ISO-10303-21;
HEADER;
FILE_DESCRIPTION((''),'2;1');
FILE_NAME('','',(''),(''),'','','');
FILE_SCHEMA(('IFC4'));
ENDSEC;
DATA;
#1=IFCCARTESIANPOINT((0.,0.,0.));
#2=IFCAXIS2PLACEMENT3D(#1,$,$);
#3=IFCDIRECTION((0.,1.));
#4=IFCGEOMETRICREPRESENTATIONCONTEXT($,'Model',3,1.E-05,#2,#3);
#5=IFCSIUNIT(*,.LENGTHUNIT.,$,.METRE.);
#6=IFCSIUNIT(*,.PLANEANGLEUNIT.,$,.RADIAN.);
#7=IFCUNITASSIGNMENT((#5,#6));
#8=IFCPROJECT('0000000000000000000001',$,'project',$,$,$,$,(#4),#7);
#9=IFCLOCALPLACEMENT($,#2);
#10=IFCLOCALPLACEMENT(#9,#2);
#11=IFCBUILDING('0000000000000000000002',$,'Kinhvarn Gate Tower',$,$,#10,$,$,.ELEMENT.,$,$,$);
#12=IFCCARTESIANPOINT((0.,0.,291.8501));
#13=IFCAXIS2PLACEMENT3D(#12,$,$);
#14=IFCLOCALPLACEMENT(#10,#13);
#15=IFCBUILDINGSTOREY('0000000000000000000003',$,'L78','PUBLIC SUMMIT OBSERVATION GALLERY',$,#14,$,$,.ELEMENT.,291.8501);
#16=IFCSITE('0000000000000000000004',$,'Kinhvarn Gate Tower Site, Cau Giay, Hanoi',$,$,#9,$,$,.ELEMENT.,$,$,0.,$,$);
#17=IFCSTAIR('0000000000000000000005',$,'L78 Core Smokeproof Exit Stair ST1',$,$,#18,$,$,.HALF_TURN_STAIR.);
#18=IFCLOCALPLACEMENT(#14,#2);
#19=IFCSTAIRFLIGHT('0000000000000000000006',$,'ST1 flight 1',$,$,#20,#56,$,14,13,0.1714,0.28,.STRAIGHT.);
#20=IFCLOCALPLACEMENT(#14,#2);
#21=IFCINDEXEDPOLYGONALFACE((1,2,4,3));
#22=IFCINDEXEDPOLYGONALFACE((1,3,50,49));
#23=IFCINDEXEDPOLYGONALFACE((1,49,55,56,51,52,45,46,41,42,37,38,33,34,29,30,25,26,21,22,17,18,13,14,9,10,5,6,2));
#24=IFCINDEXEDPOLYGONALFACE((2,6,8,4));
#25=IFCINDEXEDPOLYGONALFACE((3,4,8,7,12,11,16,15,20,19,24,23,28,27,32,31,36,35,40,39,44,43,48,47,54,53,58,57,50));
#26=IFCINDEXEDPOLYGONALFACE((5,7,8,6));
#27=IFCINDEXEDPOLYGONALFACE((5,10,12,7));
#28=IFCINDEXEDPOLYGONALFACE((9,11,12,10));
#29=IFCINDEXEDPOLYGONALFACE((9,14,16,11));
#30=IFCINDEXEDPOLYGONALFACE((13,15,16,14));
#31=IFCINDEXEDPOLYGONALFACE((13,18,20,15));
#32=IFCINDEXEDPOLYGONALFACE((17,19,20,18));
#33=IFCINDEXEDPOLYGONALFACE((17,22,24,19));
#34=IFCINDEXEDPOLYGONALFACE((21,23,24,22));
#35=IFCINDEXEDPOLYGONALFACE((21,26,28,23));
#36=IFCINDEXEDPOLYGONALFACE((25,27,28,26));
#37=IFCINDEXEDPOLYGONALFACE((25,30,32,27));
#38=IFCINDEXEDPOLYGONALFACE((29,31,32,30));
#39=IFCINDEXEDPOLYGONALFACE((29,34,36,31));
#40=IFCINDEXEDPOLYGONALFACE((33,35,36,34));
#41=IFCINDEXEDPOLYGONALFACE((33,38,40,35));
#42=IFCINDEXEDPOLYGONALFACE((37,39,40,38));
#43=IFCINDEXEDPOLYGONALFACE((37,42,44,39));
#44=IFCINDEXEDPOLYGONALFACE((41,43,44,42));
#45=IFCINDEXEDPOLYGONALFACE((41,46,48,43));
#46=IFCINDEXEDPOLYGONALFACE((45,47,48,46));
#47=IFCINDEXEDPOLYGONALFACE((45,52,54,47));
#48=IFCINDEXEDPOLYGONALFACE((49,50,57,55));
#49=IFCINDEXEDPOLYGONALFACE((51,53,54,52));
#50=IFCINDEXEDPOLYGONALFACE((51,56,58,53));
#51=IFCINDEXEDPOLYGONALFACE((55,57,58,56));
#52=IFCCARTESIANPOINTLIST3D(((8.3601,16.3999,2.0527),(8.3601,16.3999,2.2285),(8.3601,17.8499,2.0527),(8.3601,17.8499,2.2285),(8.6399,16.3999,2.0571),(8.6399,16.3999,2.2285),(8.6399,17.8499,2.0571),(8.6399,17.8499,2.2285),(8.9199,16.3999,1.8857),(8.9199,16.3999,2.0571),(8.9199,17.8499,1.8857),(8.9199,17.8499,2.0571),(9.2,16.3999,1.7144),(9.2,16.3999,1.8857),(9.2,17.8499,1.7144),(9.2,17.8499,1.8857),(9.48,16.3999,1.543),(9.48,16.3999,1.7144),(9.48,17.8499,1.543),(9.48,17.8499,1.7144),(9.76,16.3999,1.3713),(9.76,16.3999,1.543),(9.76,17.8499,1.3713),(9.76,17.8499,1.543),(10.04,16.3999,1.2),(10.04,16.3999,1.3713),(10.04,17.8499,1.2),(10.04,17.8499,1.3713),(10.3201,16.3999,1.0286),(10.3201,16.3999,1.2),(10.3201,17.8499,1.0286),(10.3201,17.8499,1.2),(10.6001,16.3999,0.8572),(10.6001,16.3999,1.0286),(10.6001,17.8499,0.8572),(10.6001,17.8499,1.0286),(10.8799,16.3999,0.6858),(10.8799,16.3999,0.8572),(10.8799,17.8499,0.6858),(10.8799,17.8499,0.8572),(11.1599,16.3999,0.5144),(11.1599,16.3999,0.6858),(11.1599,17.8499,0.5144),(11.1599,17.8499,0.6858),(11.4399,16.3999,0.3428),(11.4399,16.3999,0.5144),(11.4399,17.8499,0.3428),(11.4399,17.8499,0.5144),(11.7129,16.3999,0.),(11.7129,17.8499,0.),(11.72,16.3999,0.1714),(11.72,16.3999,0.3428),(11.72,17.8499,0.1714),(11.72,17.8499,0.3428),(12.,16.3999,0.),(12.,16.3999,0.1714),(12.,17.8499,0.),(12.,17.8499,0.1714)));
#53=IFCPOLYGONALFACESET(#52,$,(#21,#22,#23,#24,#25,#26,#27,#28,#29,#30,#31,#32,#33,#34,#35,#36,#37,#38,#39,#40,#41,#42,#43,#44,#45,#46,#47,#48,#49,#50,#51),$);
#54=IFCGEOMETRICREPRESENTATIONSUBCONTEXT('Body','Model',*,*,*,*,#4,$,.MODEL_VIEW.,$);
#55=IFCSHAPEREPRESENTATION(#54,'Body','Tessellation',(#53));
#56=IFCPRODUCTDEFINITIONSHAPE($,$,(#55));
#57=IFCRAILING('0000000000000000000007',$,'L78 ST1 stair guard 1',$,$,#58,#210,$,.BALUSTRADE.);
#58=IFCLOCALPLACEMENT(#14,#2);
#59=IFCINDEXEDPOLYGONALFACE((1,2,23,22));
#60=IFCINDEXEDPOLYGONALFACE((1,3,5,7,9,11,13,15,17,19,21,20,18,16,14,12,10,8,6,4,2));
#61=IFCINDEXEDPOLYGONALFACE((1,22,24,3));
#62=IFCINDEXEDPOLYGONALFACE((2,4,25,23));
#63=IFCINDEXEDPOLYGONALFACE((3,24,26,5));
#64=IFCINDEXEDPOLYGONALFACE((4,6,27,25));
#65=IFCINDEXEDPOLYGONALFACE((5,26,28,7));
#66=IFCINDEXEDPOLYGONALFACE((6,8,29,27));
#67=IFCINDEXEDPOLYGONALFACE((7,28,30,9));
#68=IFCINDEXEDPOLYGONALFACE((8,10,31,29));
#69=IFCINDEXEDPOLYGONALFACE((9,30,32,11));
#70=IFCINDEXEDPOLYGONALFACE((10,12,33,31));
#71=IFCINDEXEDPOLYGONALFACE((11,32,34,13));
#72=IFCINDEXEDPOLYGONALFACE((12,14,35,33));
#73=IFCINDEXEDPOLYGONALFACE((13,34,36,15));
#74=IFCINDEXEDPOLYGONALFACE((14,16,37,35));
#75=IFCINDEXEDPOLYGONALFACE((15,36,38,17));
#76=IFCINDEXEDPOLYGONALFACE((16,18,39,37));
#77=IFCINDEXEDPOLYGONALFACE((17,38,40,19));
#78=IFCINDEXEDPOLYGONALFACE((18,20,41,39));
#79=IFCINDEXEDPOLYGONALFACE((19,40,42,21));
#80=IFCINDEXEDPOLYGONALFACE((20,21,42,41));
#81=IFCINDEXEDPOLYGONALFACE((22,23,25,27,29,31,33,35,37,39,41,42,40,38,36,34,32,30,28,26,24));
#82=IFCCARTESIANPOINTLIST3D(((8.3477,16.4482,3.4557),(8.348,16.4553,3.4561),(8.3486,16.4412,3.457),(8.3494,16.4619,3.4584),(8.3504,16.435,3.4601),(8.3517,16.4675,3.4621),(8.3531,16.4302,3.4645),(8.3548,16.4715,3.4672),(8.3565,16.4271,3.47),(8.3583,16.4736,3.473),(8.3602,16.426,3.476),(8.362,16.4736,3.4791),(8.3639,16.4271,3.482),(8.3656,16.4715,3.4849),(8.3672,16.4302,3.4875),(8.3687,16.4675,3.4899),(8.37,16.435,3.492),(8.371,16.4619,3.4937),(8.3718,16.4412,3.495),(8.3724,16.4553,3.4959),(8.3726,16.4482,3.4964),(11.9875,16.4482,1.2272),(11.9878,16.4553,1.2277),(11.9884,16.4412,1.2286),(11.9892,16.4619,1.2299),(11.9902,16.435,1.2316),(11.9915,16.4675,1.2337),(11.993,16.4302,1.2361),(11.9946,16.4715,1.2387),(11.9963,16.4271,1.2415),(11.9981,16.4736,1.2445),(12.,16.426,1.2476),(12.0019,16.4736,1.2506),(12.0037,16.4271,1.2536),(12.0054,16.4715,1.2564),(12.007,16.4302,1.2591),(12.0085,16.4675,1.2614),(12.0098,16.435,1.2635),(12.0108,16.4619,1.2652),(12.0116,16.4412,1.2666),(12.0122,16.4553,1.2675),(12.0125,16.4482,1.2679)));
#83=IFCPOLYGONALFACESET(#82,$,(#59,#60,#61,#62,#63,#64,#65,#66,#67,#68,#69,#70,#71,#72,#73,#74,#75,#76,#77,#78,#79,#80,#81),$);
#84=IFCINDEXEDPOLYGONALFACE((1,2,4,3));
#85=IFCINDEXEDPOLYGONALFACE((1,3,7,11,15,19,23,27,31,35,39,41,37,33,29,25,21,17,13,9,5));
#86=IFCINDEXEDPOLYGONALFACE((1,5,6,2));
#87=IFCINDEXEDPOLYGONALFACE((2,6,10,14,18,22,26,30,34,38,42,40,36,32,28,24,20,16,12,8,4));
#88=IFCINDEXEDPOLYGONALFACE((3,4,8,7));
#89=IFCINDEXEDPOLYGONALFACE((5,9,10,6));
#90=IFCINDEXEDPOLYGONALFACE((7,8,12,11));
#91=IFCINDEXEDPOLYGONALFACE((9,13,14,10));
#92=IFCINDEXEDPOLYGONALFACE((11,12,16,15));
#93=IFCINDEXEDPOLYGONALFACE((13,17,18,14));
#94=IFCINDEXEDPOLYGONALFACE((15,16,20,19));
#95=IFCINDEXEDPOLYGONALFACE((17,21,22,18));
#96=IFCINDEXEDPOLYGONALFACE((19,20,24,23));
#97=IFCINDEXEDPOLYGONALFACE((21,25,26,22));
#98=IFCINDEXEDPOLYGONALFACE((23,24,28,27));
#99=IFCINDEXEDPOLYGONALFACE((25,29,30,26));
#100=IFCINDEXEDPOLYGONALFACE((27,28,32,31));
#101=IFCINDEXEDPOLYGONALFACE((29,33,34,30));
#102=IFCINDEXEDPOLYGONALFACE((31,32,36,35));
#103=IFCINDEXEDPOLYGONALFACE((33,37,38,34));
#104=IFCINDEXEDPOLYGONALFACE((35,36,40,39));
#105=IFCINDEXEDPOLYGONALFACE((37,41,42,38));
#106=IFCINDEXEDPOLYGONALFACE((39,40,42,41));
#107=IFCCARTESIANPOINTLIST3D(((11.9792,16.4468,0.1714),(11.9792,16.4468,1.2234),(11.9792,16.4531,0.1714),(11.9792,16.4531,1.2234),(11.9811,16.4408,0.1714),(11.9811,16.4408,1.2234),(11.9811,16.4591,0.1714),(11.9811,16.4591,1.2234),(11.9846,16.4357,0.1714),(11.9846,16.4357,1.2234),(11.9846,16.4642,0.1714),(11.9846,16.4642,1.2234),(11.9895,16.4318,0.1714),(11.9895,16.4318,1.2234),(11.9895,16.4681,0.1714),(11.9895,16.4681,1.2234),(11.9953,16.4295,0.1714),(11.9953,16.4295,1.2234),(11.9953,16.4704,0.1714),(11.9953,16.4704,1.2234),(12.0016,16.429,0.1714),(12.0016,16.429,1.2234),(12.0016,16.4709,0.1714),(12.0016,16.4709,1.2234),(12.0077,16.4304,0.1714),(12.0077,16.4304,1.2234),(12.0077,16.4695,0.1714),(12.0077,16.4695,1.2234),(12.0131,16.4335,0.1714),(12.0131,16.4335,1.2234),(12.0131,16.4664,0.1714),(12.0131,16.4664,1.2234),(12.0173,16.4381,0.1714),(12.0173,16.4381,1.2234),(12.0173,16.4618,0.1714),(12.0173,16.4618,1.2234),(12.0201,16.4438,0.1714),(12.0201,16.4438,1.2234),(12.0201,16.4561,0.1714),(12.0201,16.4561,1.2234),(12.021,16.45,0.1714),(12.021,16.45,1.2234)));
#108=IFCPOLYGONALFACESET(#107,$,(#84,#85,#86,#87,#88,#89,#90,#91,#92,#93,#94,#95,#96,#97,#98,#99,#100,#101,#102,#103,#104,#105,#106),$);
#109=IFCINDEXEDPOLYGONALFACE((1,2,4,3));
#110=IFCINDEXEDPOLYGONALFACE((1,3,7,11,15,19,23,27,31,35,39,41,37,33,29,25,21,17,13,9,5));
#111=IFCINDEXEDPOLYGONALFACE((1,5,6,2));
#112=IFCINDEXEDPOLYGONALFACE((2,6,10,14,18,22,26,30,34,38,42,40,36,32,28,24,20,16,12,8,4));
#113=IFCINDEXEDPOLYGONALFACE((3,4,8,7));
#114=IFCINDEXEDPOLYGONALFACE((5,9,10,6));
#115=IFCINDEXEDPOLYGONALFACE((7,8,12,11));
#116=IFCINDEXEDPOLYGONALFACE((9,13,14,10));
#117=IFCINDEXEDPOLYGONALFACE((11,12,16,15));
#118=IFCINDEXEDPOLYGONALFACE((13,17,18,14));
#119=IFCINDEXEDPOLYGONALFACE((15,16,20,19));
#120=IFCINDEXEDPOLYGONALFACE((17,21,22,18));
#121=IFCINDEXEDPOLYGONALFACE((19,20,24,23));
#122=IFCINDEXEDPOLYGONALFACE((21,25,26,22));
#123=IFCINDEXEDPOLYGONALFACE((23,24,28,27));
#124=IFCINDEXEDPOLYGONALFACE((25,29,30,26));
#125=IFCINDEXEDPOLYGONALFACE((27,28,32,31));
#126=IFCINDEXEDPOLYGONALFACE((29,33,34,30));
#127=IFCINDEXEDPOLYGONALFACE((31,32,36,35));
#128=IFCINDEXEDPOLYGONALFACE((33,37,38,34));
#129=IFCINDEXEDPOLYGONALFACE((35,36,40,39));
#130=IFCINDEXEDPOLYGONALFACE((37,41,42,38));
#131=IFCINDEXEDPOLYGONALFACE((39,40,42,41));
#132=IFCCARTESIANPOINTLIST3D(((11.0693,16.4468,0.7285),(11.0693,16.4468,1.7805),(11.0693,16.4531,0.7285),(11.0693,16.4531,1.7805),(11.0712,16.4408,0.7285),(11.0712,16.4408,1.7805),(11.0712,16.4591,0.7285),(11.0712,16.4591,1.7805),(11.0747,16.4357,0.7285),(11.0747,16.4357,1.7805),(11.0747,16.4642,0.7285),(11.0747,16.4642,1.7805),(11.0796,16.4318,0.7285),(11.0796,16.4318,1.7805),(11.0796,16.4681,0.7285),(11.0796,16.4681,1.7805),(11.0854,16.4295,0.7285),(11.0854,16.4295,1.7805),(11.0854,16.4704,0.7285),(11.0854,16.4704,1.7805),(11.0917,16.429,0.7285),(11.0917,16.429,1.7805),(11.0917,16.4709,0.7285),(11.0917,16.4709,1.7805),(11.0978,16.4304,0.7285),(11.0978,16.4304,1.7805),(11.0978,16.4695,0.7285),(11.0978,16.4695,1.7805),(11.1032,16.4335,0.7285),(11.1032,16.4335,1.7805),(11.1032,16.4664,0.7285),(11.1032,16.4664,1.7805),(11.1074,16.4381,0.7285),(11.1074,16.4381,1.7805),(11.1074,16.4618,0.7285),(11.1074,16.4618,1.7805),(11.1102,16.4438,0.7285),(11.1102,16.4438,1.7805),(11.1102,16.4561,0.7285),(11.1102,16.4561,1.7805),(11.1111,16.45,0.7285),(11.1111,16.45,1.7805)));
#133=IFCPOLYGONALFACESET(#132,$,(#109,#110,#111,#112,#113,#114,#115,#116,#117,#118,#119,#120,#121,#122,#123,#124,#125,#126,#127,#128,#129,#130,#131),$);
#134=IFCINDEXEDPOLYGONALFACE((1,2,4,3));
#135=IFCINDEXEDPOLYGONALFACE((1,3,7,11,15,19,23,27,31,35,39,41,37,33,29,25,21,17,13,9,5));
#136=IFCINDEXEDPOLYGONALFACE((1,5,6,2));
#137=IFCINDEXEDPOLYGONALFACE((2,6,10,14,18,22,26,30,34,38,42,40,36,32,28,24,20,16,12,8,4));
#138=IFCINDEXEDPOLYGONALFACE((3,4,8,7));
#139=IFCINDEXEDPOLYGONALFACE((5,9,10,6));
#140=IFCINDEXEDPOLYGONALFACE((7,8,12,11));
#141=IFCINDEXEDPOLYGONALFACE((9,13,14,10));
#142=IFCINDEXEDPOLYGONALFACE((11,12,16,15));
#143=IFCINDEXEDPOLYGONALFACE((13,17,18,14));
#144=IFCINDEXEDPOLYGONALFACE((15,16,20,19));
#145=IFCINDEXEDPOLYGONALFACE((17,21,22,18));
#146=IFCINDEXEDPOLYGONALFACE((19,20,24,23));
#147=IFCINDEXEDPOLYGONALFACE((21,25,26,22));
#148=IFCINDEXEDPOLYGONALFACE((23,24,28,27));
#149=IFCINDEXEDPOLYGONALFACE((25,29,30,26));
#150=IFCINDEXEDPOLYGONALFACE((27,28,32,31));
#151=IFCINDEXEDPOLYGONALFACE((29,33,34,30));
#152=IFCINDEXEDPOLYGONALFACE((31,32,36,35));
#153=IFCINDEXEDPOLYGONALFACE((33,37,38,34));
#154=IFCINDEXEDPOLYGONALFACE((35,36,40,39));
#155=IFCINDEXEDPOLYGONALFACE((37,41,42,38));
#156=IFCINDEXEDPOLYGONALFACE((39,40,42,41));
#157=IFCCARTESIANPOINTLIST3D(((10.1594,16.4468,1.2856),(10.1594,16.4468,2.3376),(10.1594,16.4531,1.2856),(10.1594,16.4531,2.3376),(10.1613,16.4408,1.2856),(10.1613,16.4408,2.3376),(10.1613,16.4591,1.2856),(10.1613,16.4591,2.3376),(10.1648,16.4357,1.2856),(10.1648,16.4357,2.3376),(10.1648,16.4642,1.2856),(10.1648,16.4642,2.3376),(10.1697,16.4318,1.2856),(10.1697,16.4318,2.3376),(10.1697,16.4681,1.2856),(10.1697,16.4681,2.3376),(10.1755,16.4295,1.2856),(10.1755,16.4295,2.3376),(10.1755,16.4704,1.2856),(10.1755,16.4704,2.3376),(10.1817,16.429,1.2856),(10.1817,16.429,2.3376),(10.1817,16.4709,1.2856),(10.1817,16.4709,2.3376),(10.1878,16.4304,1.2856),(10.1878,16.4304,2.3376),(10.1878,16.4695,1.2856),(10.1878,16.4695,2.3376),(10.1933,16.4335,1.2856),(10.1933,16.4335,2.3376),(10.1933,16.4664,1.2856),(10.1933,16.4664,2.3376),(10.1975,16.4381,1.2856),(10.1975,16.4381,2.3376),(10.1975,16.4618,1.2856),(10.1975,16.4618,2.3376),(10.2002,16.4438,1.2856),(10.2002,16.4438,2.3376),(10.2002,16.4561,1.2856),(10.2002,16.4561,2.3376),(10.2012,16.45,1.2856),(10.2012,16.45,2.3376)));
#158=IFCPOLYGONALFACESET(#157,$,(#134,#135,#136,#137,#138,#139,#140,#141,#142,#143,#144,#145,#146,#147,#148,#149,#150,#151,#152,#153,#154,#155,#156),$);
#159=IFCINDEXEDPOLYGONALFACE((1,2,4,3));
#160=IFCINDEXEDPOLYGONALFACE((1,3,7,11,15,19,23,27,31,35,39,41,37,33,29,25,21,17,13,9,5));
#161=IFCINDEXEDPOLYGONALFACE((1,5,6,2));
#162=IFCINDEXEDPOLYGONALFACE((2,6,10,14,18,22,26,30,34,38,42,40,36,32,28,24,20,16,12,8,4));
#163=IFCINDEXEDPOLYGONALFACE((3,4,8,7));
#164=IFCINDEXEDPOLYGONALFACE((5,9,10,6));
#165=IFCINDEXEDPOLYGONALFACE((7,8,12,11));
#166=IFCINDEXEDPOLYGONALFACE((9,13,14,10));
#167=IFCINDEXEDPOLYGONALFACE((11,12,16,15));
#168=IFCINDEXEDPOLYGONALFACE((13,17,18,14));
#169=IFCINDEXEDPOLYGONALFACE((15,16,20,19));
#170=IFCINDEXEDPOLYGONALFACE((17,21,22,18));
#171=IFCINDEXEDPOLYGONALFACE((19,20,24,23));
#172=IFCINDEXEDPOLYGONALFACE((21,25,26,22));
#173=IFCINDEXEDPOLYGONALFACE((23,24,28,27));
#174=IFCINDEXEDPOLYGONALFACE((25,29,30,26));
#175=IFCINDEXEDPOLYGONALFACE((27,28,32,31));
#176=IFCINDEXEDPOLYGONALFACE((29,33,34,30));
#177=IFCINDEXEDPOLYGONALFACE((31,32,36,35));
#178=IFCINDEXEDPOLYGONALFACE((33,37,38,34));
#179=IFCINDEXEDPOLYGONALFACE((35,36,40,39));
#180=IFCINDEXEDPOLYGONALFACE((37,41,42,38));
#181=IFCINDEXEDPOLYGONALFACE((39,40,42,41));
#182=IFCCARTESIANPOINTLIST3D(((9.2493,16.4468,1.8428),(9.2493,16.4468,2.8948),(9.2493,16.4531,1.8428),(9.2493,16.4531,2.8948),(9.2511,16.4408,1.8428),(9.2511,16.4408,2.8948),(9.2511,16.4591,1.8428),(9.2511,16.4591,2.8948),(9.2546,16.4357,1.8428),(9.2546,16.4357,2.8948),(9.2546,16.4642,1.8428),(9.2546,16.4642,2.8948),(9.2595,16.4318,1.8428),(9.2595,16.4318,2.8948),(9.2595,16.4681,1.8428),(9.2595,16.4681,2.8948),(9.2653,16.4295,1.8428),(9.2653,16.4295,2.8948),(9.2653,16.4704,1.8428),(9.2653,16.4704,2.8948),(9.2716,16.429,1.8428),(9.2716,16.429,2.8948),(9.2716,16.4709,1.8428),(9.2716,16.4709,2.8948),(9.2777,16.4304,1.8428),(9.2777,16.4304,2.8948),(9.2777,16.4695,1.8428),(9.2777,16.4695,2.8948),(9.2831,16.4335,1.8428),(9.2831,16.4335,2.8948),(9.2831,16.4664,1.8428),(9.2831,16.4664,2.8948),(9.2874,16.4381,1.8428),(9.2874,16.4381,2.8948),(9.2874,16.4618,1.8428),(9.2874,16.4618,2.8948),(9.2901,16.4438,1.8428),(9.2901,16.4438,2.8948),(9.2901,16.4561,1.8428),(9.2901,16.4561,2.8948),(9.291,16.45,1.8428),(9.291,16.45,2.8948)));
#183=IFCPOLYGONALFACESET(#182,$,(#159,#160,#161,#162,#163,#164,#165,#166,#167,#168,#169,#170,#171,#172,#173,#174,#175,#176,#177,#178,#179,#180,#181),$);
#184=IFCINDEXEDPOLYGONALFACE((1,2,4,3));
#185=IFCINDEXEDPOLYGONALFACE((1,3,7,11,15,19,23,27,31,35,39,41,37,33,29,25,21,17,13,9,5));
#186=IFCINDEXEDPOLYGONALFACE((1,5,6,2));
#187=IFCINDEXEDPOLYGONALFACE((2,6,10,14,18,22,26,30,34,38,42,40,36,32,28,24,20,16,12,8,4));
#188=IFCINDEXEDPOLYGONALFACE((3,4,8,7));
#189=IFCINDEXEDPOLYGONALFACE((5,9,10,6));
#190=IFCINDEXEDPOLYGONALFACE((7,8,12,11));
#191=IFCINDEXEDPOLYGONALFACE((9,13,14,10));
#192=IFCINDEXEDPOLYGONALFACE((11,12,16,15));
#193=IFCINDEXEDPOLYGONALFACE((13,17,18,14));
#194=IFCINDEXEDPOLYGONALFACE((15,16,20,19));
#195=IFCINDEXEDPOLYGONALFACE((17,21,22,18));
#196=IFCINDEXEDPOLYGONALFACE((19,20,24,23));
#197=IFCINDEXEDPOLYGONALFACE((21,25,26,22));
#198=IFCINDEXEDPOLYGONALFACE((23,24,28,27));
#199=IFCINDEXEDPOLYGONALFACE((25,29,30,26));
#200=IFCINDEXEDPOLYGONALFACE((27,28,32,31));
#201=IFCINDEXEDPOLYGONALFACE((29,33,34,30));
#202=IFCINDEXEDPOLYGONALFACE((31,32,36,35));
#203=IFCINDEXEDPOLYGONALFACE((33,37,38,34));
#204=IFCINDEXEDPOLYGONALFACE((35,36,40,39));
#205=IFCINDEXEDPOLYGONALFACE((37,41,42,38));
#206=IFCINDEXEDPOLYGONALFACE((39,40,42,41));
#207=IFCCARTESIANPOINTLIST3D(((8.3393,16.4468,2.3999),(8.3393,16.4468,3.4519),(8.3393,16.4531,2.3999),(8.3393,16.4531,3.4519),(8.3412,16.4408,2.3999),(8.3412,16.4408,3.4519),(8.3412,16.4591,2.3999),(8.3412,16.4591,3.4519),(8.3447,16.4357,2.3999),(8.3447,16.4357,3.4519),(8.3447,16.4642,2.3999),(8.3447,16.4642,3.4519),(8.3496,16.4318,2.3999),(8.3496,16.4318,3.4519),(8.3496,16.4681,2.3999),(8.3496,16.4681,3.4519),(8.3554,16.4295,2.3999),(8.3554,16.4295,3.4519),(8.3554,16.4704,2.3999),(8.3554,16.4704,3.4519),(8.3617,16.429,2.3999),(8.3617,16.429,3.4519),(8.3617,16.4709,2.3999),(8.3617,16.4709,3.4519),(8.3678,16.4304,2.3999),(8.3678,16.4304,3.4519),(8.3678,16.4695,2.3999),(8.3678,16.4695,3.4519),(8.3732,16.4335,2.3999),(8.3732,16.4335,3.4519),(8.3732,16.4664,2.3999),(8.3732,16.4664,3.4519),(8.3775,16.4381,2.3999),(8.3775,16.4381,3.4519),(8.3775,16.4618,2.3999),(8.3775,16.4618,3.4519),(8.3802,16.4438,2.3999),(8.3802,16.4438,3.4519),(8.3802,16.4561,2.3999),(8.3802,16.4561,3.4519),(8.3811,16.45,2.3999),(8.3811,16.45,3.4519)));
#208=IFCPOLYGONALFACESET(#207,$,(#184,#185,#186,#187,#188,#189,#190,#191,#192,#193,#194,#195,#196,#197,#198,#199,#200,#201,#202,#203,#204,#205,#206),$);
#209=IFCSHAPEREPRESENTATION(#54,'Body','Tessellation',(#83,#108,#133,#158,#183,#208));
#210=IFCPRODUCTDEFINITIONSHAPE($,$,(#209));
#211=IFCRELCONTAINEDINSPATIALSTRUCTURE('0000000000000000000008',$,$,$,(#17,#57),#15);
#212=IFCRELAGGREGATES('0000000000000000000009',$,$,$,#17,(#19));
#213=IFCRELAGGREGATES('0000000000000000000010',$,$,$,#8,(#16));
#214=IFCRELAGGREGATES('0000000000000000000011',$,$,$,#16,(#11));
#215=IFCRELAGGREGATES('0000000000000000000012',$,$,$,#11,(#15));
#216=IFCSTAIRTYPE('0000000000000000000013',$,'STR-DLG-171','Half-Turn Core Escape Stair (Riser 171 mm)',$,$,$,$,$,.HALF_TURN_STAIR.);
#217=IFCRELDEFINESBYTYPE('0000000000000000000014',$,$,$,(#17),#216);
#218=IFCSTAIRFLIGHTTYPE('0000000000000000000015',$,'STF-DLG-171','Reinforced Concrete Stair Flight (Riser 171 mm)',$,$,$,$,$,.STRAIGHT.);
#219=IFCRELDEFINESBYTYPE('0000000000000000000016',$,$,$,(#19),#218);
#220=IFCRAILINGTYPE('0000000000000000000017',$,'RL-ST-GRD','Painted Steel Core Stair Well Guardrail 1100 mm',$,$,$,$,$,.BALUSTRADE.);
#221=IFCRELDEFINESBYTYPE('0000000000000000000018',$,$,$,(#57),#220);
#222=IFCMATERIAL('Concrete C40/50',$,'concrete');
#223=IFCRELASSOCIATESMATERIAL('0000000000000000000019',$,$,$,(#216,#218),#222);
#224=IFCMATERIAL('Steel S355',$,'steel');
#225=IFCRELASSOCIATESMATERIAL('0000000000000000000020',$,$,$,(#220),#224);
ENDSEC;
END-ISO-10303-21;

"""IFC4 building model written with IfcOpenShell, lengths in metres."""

from ifc_helpers import new_model, si_unit, direction, frame, origin, origin_2d, place, context, subcontext, project, spatial, polyline, circle, outline, extrude, material, type_object, element, aggregate, save


model = new_model("IFC4")

# Units and contexts
model_context = context("Model", 3, precision=1e-05, world=origin(), true_north=direction((0.0, 1.0)))
body_context = subcontext(model_context, "Body", "Model", "MODEL_VIEW")
ifc_project = project(units=[si_unit("LENGTHUNIT", "METRE"), si_unit("PLANEANGLEUNIT", "RADIAN")], contexts=[model_context])

# Site, building, storey
site_placement = place(None, origin())
site = spatial("IfcSite", under=ifc_project, at=site_placement, Name="Kinhvarn Gate Tower Site, Cau Giay, Hanoi", CompositionType="ELEMENT", RefElevation=0.0)
building_placement = place(site_placement, origin())
building = spatial("IfcBuilding", under=site, at=building_placement, Name="Kinhvarn Gate Tower", CompositionType="ELEMENT")
storey_placement = place(building_placement, frame((0.0, 0.0, 291.8501)))
storey = spatial("IfcBuildingStorey", under=building, at=storey_placement, Name="L78", Description="PUBLIC SUMMIT OBSERVATION GALLERY", CompositionType="ELEMENT", Elevation=291.8501)

# Shared definitions
ifc_material_1 = material(Name="Steel S355", Category="steel")

# Shared definitions
ifc_material_2 = material(Name="Concrete C40/50", Category="concrete")

# Stair, stair flight
stair_type = type_object("IfcStairType", Name="STR-DLG-171", Description="Half-Turn Core Escape Stair (Riser 171 mm)", PredefinedType="HALF_TURN_STAIR", material=ifc_material_2)
stair_placement = place(storey_placement, origin())
stair = element("IfcStair", 1, at=stair_placement, inside=storey, type_object=stair_type, Name="L78 Core Smokeproof Exit Stair ST1", PredefinedType="HALF_TURN_STAIR")
stair_flight_type = type_object("IfcStairFlightType", Name="STF-DLG-171", Description="Reinforced Concrete Stair Flight (Riser 171 mm)", PredefinedType="STRAIGHT", material=ifc_material_2)
stair_flight_placement = place(storey_placement, frame((12.0, 17.125, 0.0), z_axis=(0.0, 0.0, 1.0), x_axis=(-1.0, 0.0, 0.0)))
stair_flight = element("IfcStairFlight", 2, at=stair_flight_placement, type_object=stair_flight_type, Name="ST1 flight 1", NumberOfRisers=14, NumberOfTreads=13, PredefinedType="STRAIGHT", RiserHeight=0.1714, TreadLength=0.28, context=body_context, shape_type="SweptSolid", body=[
    extrude(outline(polyline([(0.0, 0.0), (0.0, 0.1714), (0.28, 0.1714), (0.28, 0.3428), (0.5601, 0.3428), (0.5601, 0.5144), (0.8401, 0.5144), (0.8401, 0.6858), (1.1201, 0.6858), (1.1201, 0.8572), (1.3999, 0.8572), (1.3999, 1.0286), (1.6799, 1.0286), (1.6799, 1.2), (1.96, 1.2), (1.96, 1.3713), (2.24, 1.3713), (2.24, 1.543), (2.52, 1.543), (2.52, 1.7144), (2.8, 1.7144), (2.8, 1.8857), (3.0801, 1.8857), (3.0801, 2.0571), (3.3601, 2.0571), (3.3601, 2.2285), (3.6399, 2.2285), (3.6399, 2.3999), (3.6399, 2.0527), (0.2871, 0.0), (0.0, 0.0)])), frame((0.0, 0.7251, 0.0), z_axis=(0.0, -1.0, 0.0), x_axis=(1.0, 0.0, 0.0)), (0.0, 0.0, 1.0), 1.45),
])
aggregate(stair, [stair_flight])

# Railing
railing_type_1 = type_object("IfcRailingType", Name="RL-ST-GRD", Description="Painted Steel Core Stair Well Guardrail 1100 mm", PredefinedType="BALUSTRADE", material=ifc_material_1)
railing_1_placement = place(storey_placement, frame((12.0, 16.45, 0.1714)))
element("IfcRailing", 3, at=railing_1_placement, inside=storey, type_object=railing_type_1, Name="L78 ST1 stair guard 1", PredefinedType="BALUSTRADE", context=body_context, shape_type="SweptSolid", body=[
    extrude(circle(Radius=0.0239, at=origin_2d()), frame((0.0, 0.0, 1.0762), z_axis=(-0.85285, 0.0, 0.522156), x_axis=(0.0, -1.0, 0.0)), (0.0, 0.0, 1.0), 4.2678),
    extrude(circle(Radius=0.021, at=origin_2d()), origin(), (0.0, 0.0, 1.0), 1.052),
    extrude(circle(Radius=0.021, at=origin_2d()), frame((-0.9099, 0.0, 0.5571)), (0.0, 0.0, 1.0), 1.052),
    extrude(circle(Radius=0.021, at=origin_2d()), frame((-1.8198, 0.0, 1.1143)), (0.0, 0.0, 1.0), 1.052),
    extrude(circle(Radius=0.021, at=origin_2d()), frame((-2.73, 0.0, 1.6714)), (0.0, 0.0, 1.0), 1.052),
    extrude(circle(Radius=0.021, at=origin_2d()), frame((-3.6399, 0.0, 2.2285)), (0.0, 0.0, 1.0), 1.052),
])

save(model, "model.ifc")
